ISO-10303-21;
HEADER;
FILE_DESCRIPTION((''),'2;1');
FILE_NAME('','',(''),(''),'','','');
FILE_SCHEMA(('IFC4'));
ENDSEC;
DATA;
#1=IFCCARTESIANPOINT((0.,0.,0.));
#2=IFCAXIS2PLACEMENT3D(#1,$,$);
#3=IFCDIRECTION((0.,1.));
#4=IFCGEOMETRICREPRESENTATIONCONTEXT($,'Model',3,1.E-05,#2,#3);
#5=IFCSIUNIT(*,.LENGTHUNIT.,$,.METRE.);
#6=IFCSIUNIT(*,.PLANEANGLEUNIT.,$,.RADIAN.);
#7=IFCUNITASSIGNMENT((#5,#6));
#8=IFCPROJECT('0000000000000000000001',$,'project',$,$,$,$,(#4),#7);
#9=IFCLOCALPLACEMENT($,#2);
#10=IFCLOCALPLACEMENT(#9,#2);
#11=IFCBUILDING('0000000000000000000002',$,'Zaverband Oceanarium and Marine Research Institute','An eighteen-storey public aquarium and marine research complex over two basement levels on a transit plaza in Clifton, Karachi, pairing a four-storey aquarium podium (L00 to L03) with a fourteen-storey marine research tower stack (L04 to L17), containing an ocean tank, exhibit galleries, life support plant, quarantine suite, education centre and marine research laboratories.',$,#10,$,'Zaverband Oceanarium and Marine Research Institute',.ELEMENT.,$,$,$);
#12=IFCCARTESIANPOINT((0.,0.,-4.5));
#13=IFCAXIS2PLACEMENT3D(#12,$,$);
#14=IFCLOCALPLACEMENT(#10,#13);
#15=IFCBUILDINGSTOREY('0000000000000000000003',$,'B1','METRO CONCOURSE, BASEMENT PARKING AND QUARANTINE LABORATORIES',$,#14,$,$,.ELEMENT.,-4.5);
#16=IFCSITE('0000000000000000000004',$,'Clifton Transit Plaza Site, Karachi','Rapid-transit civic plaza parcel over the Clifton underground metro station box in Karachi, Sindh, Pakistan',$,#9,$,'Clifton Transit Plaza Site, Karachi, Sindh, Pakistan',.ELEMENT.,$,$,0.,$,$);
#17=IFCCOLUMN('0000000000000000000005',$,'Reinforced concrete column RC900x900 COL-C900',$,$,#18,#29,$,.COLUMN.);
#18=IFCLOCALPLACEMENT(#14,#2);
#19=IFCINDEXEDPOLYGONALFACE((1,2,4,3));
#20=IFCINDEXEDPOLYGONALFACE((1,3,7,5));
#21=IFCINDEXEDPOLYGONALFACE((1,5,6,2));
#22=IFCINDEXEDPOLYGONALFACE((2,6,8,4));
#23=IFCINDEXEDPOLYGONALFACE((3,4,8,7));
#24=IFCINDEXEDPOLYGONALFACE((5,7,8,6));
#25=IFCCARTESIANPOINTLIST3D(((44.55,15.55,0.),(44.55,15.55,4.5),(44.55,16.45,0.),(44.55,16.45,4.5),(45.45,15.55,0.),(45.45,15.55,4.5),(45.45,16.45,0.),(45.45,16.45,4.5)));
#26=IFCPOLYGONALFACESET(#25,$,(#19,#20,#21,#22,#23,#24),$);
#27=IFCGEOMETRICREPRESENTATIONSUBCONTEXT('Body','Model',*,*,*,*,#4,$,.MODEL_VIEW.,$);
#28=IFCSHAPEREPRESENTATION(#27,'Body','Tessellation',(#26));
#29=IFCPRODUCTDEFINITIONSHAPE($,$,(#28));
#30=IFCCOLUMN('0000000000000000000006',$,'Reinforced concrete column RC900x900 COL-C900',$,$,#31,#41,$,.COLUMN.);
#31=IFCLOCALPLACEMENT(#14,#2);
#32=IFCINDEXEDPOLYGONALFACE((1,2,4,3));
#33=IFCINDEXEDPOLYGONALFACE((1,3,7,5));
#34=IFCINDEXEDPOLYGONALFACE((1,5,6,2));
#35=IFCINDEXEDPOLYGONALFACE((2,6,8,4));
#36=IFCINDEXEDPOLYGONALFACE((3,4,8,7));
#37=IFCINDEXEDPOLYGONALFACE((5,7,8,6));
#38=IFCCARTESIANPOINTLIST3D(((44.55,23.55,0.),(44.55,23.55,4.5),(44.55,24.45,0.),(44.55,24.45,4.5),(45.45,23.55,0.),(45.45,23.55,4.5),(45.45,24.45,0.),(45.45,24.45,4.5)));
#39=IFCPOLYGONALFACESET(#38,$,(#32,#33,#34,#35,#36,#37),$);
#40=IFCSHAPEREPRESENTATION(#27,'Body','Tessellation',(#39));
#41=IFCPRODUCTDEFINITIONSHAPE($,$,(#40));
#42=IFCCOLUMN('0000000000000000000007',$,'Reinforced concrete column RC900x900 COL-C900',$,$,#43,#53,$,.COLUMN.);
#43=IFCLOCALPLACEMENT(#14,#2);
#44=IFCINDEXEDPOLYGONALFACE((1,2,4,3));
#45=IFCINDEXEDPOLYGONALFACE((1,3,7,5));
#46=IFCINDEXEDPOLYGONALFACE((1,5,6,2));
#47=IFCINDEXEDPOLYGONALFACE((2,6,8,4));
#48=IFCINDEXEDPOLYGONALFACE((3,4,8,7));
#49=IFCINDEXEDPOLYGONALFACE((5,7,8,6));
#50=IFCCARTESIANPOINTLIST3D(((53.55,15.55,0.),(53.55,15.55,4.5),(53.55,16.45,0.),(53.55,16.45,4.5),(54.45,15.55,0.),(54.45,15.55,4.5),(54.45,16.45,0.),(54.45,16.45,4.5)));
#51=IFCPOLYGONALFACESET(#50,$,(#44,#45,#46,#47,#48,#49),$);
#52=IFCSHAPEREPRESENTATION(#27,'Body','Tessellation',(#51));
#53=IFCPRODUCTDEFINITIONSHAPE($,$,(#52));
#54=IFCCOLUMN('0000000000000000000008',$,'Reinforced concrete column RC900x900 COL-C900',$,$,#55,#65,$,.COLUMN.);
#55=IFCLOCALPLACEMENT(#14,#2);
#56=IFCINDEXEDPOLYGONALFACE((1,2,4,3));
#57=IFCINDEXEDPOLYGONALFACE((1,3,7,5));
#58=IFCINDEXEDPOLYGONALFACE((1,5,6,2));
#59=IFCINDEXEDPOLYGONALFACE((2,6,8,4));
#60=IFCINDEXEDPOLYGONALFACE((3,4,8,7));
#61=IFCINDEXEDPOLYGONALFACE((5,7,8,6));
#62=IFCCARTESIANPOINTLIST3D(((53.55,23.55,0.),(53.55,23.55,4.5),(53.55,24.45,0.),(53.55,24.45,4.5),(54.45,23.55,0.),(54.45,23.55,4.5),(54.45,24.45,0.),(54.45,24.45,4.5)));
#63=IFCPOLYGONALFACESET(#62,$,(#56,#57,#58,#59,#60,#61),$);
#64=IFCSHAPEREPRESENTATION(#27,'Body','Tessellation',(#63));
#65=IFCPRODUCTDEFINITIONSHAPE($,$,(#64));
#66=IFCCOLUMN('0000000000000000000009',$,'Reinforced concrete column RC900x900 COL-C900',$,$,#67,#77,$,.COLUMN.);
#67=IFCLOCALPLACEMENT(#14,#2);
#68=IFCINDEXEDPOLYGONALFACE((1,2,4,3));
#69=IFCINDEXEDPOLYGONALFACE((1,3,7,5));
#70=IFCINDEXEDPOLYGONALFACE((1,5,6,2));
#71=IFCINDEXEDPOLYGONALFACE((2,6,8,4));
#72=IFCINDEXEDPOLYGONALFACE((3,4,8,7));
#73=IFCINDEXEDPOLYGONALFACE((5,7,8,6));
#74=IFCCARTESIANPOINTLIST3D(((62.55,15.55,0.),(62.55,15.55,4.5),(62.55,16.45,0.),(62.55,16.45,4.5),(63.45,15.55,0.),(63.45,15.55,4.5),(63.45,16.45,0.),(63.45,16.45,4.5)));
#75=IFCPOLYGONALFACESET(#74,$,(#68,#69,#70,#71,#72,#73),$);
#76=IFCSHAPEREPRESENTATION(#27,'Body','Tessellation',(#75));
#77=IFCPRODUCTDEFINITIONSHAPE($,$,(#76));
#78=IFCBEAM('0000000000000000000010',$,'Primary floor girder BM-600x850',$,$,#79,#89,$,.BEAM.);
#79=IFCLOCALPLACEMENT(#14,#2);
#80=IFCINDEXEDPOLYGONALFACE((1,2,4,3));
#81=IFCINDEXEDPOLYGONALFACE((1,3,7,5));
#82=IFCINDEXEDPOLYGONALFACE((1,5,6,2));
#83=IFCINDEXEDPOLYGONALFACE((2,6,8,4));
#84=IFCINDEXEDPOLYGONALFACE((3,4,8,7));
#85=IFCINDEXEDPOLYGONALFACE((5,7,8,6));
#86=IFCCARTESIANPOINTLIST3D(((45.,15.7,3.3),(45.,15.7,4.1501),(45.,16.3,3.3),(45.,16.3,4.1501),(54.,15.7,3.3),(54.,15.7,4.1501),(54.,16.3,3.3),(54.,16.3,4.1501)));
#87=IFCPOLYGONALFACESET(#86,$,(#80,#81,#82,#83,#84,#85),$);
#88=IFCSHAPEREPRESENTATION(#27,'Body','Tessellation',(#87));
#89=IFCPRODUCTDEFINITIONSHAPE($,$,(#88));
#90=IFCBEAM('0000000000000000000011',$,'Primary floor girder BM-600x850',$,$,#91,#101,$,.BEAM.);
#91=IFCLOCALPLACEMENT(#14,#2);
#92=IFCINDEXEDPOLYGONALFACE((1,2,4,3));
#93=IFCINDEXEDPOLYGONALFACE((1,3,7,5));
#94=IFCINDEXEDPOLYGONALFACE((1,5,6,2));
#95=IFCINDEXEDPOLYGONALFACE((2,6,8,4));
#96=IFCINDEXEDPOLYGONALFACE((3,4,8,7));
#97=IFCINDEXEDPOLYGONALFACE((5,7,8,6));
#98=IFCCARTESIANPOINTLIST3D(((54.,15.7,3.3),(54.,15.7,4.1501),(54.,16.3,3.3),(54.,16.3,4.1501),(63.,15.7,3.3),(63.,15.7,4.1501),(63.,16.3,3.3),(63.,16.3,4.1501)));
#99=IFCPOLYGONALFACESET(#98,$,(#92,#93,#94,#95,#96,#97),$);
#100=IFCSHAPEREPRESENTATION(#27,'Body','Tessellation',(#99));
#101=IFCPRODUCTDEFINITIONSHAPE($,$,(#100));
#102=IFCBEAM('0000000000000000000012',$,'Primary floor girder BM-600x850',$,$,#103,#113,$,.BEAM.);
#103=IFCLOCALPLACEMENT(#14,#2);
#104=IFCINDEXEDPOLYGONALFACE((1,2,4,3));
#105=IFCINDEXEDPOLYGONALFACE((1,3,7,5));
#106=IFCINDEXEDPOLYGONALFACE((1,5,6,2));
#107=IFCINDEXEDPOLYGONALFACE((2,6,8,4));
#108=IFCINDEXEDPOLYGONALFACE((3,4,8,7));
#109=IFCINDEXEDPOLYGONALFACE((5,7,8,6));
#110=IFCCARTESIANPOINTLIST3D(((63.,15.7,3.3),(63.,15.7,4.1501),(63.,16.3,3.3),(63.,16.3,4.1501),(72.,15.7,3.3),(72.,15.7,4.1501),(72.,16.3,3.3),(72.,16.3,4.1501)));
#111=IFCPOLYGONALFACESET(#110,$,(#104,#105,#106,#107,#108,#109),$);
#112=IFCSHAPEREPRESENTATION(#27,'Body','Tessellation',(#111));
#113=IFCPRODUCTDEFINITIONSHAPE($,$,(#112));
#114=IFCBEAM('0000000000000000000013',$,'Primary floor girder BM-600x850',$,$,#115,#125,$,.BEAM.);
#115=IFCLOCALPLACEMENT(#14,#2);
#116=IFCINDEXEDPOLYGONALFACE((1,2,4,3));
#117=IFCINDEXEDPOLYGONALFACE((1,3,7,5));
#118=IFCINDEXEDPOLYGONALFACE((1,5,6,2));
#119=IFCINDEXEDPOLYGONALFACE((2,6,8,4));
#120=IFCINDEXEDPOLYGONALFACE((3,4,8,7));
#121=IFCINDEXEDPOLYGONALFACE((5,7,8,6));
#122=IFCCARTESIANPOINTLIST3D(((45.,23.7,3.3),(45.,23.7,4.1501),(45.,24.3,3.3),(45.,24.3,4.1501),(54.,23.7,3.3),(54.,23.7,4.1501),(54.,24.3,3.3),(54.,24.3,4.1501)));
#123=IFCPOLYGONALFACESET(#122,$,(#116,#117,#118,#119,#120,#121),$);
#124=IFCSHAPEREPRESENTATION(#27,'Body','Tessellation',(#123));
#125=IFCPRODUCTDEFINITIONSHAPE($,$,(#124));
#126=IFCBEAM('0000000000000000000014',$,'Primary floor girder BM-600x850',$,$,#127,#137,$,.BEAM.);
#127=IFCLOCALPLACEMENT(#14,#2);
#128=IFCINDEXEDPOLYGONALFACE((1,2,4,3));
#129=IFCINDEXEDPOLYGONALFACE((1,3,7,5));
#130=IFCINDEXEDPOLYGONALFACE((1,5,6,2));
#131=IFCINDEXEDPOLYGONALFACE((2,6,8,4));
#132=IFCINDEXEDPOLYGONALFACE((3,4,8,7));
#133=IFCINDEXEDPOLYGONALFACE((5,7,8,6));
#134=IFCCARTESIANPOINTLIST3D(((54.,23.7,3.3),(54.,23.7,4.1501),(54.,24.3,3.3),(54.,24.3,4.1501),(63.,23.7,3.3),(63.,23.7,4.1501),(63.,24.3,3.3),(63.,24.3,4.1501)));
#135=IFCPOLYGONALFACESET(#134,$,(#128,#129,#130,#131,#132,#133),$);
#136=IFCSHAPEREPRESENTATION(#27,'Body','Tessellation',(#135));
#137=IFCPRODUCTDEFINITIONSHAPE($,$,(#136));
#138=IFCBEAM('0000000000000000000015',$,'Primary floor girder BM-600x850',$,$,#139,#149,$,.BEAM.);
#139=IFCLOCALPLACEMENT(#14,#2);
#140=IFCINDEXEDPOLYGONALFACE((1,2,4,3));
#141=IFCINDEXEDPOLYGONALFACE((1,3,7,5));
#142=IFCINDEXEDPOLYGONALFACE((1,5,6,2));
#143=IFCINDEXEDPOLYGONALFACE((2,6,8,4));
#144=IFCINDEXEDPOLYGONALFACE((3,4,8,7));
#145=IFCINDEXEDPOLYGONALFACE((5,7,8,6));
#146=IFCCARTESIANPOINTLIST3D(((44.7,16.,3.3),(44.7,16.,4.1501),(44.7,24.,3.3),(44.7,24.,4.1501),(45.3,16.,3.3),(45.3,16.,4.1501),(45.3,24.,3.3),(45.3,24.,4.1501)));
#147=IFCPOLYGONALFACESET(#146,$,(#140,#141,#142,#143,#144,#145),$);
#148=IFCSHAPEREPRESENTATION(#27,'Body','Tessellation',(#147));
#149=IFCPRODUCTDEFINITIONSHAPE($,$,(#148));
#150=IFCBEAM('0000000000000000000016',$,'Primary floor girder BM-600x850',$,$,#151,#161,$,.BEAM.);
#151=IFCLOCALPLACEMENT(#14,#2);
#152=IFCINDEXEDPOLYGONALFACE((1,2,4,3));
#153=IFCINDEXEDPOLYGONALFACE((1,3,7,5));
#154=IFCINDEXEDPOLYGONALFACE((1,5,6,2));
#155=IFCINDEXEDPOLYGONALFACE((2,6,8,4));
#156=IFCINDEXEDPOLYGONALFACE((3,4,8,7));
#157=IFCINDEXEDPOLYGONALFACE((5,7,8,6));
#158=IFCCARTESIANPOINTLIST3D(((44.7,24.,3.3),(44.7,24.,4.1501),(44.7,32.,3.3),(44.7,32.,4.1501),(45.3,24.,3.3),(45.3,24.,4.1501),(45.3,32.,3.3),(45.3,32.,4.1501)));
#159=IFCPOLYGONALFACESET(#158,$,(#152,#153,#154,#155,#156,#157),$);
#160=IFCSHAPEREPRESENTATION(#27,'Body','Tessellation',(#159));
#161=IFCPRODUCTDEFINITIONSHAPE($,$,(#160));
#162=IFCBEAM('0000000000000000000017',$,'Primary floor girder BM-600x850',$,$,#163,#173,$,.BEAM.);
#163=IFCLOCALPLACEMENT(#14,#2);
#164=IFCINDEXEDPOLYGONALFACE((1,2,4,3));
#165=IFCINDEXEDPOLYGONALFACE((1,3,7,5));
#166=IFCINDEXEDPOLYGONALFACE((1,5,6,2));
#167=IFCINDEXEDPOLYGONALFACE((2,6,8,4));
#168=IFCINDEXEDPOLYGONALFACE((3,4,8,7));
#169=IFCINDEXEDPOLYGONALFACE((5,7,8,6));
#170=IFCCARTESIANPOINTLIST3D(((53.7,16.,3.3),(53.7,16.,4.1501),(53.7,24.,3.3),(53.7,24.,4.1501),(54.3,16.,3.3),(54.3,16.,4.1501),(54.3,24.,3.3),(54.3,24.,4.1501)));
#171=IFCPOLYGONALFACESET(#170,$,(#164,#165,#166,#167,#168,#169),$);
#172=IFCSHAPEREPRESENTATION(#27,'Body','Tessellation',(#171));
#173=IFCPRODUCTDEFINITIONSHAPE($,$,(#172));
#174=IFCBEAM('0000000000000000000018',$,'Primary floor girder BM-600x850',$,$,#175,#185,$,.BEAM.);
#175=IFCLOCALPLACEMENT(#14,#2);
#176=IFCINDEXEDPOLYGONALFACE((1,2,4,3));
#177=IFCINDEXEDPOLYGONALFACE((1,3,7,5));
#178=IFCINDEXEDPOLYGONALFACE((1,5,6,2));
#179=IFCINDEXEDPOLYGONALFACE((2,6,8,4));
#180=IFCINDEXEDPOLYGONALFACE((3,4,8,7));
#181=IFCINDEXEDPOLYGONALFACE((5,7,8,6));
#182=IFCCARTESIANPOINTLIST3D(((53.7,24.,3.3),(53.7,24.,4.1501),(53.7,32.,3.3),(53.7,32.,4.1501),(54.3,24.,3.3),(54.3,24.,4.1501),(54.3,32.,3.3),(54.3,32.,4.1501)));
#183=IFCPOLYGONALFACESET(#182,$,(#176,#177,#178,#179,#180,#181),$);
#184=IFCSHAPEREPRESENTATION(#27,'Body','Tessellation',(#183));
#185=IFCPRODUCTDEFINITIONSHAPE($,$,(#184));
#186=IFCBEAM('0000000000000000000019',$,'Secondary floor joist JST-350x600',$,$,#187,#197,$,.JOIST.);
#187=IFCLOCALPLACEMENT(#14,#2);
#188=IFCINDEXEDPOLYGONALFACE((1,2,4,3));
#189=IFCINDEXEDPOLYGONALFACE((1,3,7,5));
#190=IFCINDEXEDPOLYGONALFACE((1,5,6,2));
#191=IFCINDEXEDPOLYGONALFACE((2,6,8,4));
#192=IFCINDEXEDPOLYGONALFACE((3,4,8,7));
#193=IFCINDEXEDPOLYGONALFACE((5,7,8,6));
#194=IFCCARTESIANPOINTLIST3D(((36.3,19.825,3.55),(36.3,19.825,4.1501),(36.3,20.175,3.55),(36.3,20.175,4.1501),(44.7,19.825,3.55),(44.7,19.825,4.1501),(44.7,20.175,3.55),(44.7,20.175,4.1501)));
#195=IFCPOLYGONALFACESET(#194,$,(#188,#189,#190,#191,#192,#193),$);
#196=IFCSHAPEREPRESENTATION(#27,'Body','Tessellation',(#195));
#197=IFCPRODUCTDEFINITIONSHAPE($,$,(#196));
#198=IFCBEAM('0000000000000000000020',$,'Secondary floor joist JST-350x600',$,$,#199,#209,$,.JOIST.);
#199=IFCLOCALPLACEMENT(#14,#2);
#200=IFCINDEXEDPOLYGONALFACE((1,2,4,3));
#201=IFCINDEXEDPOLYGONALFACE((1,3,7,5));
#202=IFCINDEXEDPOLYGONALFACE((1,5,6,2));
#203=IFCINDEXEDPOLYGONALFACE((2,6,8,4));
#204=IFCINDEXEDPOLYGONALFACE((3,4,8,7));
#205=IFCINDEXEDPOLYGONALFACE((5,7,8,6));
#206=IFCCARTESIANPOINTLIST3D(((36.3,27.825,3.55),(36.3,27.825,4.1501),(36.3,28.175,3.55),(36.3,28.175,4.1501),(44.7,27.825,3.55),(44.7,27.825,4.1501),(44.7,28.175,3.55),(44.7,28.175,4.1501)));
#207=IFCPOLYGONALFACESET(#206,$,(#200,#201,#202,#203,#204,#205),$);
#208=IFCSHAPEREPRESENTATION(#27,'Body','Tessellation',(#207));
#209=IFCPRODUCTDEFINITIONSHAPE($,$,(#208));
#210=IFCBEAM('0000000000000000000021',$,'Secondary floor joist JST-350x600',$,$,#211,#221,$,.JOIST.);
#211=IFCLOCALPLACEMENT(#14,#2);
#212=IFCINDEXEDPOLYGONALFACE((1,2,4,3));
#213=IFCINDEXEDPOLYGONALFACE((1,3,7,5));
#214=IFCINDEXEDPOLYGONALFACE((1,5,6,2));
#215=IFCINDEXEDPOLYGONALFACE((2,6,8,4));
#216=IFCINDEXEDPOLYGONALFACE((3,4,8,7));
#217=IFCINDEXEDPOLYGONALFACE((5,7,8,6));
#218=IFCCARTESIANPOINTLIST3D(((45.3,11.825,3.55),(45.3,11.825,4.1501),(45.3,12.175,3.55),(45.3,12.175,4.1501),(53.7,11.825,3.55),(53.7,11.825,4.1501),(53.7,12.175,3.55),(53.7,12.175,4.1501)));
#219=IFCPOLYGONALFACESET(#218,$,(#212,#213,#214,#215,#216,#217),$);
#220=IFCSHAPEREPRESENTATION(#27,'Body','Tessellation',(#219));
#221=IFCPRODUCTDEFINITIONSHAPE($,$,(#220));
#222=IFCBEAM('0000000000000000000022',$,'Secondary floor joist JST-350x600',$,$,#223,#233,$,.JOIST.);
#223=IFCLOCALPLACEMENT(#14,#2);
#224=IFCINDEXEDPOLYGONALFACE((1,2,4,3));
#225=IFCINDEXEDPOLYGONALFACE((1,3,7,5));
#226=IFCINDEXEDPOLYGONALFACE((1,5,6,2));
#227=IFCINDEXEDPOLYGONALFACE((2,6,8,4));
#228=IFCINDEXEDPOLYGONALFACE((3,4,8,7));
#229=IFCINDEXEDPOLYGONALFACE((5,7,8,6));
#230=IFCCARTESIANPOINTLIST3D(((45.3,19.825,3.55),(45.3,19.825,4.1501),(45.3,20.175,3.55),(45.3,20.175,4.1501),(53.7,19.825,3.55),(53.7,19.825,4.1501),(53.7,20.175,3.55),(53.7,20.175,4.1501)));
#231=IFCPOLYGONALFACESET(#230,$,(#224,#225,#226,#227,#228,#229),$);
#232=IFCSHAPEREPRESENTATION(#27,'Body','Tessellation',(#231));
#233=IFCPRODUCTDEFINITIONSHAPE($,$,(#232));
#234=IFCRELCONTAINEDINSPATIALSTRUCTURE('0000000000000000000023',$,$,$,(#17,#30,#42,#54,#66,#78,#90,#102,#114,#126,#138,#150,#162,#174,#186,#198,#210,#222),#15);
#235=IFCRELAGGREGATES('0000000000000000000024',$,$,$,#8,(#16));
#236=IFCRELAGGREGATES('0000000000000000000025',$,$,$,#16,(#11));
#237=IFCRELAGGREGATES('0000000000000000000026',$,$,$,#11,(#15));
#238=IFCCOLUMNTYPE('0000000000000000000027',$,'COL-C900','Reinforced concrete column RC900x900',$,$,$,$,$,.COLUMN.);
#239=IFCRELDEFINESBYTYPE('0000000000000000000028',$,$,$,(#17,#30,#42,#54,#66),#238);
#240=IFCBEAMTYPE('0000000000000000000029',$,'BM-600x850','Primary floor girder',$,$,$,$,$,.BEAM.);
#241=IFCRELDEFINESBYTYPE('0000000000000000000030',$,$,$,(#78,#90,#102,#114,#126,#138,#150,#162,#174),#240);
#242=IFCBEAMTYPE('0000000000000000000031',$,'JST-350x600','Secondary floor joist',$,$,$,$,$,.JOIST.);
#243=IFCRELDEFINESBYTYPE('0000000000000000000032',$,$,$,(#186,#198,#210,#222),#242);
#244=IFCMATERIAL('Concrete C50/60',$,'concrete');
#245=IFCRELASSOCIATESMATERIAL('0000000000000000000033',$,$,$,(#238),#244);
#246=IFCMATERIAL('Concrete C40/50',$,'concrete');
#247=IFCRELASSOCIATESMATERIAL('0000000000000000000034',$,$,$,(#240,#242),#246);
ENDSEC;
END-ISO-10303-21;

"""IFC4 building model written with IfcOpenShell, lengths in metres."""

from ifc_helpers import new_model, si_unit, direction, frame, origin, origin_2d, place, context, subcontext, project, spatial, rectangle, extrude, material, material_profile, profile_set, type_object, element, save


model = new_model("IFC4")

# Units and contexts
model_context = context("Model", 3, precision=1e-05, world=origin(), true_north=direction((0.0, 1.0)))
body_context = subcontext(model_context, "Body", "Model", "MODEL_VIEW")
ifc_project = project(units=[si_unit("LENGTHUNIT", "METRE"), si_unit("PLANEANGLEUNIT", "RADIAN")], contexts=[model_context])

# Site, building, storey
site_placement = place(None, origin())
site = spatial("IfcSite", under=ifc_project, at=site_placement, Name="Clifton Transit Plaza Site, Karachi", Description="Rapid-transit civic plaza parcel over the Clifton underground metro station box in Karachi, Sindh, Pakistan", LongName="Clifton Transit Plaza Site, Karachi, Sindh, Pakistan", CompositionType="ELEMENT", RefElevation=0.0)
building_placement = place(site_placement, origin())
building = spatial("IfcBuilding", under=site, at=building_placement, Name="Zaverband Oceanarium and Marine Research Institute", Description="An eighteen-storey public aquarium and marine research complex over two basement levels on a transit plaza in Clifton, Karachi, pairing a four-storey aquarium podium (L00 to L03) with a fourteen-storey marine research tower stack (L04 to L17), containing an ocean tank, exhibit galleries, life support plant, quarantine suite, education centre and marine research laboratories.", LongName="Zaverband Oceanarium and Marine Research Institute", CompositionType="ELEMENT")
storey_placement = place(building_placement, frame((0.0, 0.0, -4.5)))
storey = spatial("IfcBuildingStorey", under=building, at=storey_placement, Name="B1", Description="METRO CONCOURSE, BASEMENT PARKING AND QUARANTINE LABORATORIES", CompositionType="ELEMENT", Elevation=-4.5)

# Columns
ifc_material_1 = material(Name="Concrete C50/60", Category="concrete")
ifc_material_profile_1 = material_profile(ifc_material_1, rectangle(XDim=0.8999, YDim=0.8999, at=origin_2d()), Name="RC900x900")
ifc_profile_set_1 = profile_set([ifc_material_profile_1], Name="Concrete C50/60")
column_type = type_object("IfcColumnType", Name="COL-C900", Description="Reinforced concrete column RC900x900", PredefinedType="COLUMN", material=ifc_profile_set_1)
for number, where, z_axis, x_axis, name in (
    (1, (45.0, 16.0, 0.0), (0.0, 0.0, 1.0), (1.0, 0.0, 0.0), "Reinforced concrete column RC900x900 COL-C900"),
    (2, (45.0, 24.0, 0.0), (0.0, 0.0, 1.0), (1.0, 0.0, 0.0), "Reinforced concrete column RC900x900 COL-C900"),
    (3, (54.0, 16.0, 0.0), (0.0, 0.0, 1.0), (1.0, 0.0, 0.0), "Reinforced concrete column RC900x900 COL-C900"),
    (4, (54.0, 24.0, 0.0), (0.0, 0.0, 1.0), (1.0, 0.0, 0.0), "Reinforced concrete column RC900x900 COL-C900"),
    (5, (63.0, 16.0, 0.0), (0.0, 0.0, 1.0), (1.0, 0.0, 0.0), "Reinforced concrete column RC900x900 COL-C900"),
):
    element("IfcColumn", number, at=place(storey_placement, frame(where, z_axis=z_axis, x_axis=x_axis)), inside=storey, type_object=column_type, Name=name, PredefinedType="COLUMN", context=body_context, shape_type="SweptSolid", body=[
        extrude(rectangle(XDim=0.8999, YDim=0.8999, at=origin_2d()), origin(), (0.0, 0.0, 1.0), 4.5),
    ])

# Beams
ifc_material_2 = material(Name="Concrete C40/50", Category="concrete")
ifc_material_profile_2 = material_profile(ifc_material_2, rectangle(XDim=0.6001, YDim=0.8501, at=origin_2d()), Name="RC600x850")
ifc_profile_set_2 = profile_set([ifc_material_profile_2], Name="Concrete C40/50")
beam_type_1 = type_object("IfcBeamType", Name="BM-600x850", Description="Primary floor girder", PredefinedType="BEAM", material=ifc_profile_set_2)
for number, where, z_axis, x_axis, name in (
    (6, (45.0, 16.0, 3.7251), (1.0, 0.0, 0.0), (0.0, 1.0, 0.0), "Primary floor girder BM-600x850"),
    (7, (54.0, 16.0, 3.7251), (1.0, 0.0, 0.0), (0.0, 1.0, 0.0), "Primary floor girder BM-600x850"),
    (8, (63.0, 16.0, 3.7251), (1.0, 0.0, 0.0), (0.0, 1.0, 0.0), "Primary floor girder BM-600x850"),
    (9, (45.0, 24.0, 3.7251), (1.0, 0.0, 0.0), (0.0, 1.0, 0.0), "Primary floor girder BM-600x850"),
    (10, (54.0, 24.0, 3.7251), (1.0, 0.0, 0.0), (0.0, 1.0, 0.0), "Primary floor girder BM-600x850"),
):
    element("IfcBeam", number, at=place(storey_placement, frame(where, z_axis=z_axis, x_axis=x_axis)), inside=storey, type_object=beam_type_1, Name=name, PredefinedType="BEAM", context=body_context, shape_type="SweptSolid", body=[
        extrude(rectangle(XDim=0.6001, YDim=0.8501, at=origin_2d()), origin(), (0.0, 0.0, 1.0), 9.0),
    ])
for number, where, z_axis, x_axis, name in (
    (11, (45.0, 16.0, 3.7251), (0.0, 1.0, 0.0), (-1.0, 0.0, 0.0), "Primary floor girder BM-600x850"),
    (12, (45.0, 24.0, 3.7251), (0.0, 1.0, 0.0), (-1.0, 0.0, 0.0), "Primary floor girder BM-600x850"),
    (13, (54.0, 16.0, 3.7251), (0.0, 1.0, 0.0), (-1.0, 0.0, 0.0), "Primary floor girder BM-600x850"),
    (14, (54.0, 24.0, 3.7251), (0.0, 1.0, 0.0), (-1.0, 0.0, 0.0), "Primary floor girder BM-600x850"),
):
    element("IfcBeam", number, at=place(storey_placement, frame(where, z_axis=z_axis, x_axis=x_axis)), inside=storey, type_object=beam_type_1, Name=name, PredefinedType="BEAM", context=body_context, shape_type="SweptSolid", body=[
        extrude(rectangle(XDim=0.6001, YDim=0.8501, at=origin_2d()), origin(), (0.0, 0.0, 1.0), 8.0),
    ])
ifc_material_profile_3 = material_profile(ifc_material_2, rectangle(XDim=0.3501, YDim=0.6001, at=origin_2d()), Name="RC350x600")
ifc_profile_set_3 = profile_set([ifc_material_profile_3], Name="Concrete C40/50")
beam_type_2 = type_object("IfcBeamType", Name="JST-350x600", Description="Secondary floor joist", PredefinedType="JOIST", material=ifc_profile_set_3)
for number, where, z_axis, x_axis, name in (
    (15, (36.3, 20.0, 3.8501), (1.0, 0.0, 0.0), (0.0, 1.0, 0.0), "Secondary floor joist JST-350x600"),
    (16, (36.3, 28.0, 3.8501), (1.0, 0.0, 0.0), (0.0, 1.0, 0.0), "Secondary floor joist JST-350x600"),
    (17, (45.3, 12.0, 3.8501), (1.0, 0.0, 0.0), (0.0, 1.0, 0.0), "Secondary floor joist JST-350x600"),
    (18, (45.3, 20.0, 3.8501), (1.0, 0.0, 0.0), (0.0, 1.0, 0.0), "Secondary floor joist JST-350x600"),
):
    element("IfcBeam", number, at=place(storey_placement, frame(where, z_axis=z_axis, x_axis=x_axis)), inside=storey, type_object=beam_type_2, Name=name, PredefinedType="JOIST", context=body_context, shape_type="SweptSolid", body=[
        extrude(rectangle(XDim=0.3501, YDim=0.6001, at=origin_2d()), origin(), (0.0, 0.0, 1.0), 8.3999),
    ])

save(model, "model.ifc")
